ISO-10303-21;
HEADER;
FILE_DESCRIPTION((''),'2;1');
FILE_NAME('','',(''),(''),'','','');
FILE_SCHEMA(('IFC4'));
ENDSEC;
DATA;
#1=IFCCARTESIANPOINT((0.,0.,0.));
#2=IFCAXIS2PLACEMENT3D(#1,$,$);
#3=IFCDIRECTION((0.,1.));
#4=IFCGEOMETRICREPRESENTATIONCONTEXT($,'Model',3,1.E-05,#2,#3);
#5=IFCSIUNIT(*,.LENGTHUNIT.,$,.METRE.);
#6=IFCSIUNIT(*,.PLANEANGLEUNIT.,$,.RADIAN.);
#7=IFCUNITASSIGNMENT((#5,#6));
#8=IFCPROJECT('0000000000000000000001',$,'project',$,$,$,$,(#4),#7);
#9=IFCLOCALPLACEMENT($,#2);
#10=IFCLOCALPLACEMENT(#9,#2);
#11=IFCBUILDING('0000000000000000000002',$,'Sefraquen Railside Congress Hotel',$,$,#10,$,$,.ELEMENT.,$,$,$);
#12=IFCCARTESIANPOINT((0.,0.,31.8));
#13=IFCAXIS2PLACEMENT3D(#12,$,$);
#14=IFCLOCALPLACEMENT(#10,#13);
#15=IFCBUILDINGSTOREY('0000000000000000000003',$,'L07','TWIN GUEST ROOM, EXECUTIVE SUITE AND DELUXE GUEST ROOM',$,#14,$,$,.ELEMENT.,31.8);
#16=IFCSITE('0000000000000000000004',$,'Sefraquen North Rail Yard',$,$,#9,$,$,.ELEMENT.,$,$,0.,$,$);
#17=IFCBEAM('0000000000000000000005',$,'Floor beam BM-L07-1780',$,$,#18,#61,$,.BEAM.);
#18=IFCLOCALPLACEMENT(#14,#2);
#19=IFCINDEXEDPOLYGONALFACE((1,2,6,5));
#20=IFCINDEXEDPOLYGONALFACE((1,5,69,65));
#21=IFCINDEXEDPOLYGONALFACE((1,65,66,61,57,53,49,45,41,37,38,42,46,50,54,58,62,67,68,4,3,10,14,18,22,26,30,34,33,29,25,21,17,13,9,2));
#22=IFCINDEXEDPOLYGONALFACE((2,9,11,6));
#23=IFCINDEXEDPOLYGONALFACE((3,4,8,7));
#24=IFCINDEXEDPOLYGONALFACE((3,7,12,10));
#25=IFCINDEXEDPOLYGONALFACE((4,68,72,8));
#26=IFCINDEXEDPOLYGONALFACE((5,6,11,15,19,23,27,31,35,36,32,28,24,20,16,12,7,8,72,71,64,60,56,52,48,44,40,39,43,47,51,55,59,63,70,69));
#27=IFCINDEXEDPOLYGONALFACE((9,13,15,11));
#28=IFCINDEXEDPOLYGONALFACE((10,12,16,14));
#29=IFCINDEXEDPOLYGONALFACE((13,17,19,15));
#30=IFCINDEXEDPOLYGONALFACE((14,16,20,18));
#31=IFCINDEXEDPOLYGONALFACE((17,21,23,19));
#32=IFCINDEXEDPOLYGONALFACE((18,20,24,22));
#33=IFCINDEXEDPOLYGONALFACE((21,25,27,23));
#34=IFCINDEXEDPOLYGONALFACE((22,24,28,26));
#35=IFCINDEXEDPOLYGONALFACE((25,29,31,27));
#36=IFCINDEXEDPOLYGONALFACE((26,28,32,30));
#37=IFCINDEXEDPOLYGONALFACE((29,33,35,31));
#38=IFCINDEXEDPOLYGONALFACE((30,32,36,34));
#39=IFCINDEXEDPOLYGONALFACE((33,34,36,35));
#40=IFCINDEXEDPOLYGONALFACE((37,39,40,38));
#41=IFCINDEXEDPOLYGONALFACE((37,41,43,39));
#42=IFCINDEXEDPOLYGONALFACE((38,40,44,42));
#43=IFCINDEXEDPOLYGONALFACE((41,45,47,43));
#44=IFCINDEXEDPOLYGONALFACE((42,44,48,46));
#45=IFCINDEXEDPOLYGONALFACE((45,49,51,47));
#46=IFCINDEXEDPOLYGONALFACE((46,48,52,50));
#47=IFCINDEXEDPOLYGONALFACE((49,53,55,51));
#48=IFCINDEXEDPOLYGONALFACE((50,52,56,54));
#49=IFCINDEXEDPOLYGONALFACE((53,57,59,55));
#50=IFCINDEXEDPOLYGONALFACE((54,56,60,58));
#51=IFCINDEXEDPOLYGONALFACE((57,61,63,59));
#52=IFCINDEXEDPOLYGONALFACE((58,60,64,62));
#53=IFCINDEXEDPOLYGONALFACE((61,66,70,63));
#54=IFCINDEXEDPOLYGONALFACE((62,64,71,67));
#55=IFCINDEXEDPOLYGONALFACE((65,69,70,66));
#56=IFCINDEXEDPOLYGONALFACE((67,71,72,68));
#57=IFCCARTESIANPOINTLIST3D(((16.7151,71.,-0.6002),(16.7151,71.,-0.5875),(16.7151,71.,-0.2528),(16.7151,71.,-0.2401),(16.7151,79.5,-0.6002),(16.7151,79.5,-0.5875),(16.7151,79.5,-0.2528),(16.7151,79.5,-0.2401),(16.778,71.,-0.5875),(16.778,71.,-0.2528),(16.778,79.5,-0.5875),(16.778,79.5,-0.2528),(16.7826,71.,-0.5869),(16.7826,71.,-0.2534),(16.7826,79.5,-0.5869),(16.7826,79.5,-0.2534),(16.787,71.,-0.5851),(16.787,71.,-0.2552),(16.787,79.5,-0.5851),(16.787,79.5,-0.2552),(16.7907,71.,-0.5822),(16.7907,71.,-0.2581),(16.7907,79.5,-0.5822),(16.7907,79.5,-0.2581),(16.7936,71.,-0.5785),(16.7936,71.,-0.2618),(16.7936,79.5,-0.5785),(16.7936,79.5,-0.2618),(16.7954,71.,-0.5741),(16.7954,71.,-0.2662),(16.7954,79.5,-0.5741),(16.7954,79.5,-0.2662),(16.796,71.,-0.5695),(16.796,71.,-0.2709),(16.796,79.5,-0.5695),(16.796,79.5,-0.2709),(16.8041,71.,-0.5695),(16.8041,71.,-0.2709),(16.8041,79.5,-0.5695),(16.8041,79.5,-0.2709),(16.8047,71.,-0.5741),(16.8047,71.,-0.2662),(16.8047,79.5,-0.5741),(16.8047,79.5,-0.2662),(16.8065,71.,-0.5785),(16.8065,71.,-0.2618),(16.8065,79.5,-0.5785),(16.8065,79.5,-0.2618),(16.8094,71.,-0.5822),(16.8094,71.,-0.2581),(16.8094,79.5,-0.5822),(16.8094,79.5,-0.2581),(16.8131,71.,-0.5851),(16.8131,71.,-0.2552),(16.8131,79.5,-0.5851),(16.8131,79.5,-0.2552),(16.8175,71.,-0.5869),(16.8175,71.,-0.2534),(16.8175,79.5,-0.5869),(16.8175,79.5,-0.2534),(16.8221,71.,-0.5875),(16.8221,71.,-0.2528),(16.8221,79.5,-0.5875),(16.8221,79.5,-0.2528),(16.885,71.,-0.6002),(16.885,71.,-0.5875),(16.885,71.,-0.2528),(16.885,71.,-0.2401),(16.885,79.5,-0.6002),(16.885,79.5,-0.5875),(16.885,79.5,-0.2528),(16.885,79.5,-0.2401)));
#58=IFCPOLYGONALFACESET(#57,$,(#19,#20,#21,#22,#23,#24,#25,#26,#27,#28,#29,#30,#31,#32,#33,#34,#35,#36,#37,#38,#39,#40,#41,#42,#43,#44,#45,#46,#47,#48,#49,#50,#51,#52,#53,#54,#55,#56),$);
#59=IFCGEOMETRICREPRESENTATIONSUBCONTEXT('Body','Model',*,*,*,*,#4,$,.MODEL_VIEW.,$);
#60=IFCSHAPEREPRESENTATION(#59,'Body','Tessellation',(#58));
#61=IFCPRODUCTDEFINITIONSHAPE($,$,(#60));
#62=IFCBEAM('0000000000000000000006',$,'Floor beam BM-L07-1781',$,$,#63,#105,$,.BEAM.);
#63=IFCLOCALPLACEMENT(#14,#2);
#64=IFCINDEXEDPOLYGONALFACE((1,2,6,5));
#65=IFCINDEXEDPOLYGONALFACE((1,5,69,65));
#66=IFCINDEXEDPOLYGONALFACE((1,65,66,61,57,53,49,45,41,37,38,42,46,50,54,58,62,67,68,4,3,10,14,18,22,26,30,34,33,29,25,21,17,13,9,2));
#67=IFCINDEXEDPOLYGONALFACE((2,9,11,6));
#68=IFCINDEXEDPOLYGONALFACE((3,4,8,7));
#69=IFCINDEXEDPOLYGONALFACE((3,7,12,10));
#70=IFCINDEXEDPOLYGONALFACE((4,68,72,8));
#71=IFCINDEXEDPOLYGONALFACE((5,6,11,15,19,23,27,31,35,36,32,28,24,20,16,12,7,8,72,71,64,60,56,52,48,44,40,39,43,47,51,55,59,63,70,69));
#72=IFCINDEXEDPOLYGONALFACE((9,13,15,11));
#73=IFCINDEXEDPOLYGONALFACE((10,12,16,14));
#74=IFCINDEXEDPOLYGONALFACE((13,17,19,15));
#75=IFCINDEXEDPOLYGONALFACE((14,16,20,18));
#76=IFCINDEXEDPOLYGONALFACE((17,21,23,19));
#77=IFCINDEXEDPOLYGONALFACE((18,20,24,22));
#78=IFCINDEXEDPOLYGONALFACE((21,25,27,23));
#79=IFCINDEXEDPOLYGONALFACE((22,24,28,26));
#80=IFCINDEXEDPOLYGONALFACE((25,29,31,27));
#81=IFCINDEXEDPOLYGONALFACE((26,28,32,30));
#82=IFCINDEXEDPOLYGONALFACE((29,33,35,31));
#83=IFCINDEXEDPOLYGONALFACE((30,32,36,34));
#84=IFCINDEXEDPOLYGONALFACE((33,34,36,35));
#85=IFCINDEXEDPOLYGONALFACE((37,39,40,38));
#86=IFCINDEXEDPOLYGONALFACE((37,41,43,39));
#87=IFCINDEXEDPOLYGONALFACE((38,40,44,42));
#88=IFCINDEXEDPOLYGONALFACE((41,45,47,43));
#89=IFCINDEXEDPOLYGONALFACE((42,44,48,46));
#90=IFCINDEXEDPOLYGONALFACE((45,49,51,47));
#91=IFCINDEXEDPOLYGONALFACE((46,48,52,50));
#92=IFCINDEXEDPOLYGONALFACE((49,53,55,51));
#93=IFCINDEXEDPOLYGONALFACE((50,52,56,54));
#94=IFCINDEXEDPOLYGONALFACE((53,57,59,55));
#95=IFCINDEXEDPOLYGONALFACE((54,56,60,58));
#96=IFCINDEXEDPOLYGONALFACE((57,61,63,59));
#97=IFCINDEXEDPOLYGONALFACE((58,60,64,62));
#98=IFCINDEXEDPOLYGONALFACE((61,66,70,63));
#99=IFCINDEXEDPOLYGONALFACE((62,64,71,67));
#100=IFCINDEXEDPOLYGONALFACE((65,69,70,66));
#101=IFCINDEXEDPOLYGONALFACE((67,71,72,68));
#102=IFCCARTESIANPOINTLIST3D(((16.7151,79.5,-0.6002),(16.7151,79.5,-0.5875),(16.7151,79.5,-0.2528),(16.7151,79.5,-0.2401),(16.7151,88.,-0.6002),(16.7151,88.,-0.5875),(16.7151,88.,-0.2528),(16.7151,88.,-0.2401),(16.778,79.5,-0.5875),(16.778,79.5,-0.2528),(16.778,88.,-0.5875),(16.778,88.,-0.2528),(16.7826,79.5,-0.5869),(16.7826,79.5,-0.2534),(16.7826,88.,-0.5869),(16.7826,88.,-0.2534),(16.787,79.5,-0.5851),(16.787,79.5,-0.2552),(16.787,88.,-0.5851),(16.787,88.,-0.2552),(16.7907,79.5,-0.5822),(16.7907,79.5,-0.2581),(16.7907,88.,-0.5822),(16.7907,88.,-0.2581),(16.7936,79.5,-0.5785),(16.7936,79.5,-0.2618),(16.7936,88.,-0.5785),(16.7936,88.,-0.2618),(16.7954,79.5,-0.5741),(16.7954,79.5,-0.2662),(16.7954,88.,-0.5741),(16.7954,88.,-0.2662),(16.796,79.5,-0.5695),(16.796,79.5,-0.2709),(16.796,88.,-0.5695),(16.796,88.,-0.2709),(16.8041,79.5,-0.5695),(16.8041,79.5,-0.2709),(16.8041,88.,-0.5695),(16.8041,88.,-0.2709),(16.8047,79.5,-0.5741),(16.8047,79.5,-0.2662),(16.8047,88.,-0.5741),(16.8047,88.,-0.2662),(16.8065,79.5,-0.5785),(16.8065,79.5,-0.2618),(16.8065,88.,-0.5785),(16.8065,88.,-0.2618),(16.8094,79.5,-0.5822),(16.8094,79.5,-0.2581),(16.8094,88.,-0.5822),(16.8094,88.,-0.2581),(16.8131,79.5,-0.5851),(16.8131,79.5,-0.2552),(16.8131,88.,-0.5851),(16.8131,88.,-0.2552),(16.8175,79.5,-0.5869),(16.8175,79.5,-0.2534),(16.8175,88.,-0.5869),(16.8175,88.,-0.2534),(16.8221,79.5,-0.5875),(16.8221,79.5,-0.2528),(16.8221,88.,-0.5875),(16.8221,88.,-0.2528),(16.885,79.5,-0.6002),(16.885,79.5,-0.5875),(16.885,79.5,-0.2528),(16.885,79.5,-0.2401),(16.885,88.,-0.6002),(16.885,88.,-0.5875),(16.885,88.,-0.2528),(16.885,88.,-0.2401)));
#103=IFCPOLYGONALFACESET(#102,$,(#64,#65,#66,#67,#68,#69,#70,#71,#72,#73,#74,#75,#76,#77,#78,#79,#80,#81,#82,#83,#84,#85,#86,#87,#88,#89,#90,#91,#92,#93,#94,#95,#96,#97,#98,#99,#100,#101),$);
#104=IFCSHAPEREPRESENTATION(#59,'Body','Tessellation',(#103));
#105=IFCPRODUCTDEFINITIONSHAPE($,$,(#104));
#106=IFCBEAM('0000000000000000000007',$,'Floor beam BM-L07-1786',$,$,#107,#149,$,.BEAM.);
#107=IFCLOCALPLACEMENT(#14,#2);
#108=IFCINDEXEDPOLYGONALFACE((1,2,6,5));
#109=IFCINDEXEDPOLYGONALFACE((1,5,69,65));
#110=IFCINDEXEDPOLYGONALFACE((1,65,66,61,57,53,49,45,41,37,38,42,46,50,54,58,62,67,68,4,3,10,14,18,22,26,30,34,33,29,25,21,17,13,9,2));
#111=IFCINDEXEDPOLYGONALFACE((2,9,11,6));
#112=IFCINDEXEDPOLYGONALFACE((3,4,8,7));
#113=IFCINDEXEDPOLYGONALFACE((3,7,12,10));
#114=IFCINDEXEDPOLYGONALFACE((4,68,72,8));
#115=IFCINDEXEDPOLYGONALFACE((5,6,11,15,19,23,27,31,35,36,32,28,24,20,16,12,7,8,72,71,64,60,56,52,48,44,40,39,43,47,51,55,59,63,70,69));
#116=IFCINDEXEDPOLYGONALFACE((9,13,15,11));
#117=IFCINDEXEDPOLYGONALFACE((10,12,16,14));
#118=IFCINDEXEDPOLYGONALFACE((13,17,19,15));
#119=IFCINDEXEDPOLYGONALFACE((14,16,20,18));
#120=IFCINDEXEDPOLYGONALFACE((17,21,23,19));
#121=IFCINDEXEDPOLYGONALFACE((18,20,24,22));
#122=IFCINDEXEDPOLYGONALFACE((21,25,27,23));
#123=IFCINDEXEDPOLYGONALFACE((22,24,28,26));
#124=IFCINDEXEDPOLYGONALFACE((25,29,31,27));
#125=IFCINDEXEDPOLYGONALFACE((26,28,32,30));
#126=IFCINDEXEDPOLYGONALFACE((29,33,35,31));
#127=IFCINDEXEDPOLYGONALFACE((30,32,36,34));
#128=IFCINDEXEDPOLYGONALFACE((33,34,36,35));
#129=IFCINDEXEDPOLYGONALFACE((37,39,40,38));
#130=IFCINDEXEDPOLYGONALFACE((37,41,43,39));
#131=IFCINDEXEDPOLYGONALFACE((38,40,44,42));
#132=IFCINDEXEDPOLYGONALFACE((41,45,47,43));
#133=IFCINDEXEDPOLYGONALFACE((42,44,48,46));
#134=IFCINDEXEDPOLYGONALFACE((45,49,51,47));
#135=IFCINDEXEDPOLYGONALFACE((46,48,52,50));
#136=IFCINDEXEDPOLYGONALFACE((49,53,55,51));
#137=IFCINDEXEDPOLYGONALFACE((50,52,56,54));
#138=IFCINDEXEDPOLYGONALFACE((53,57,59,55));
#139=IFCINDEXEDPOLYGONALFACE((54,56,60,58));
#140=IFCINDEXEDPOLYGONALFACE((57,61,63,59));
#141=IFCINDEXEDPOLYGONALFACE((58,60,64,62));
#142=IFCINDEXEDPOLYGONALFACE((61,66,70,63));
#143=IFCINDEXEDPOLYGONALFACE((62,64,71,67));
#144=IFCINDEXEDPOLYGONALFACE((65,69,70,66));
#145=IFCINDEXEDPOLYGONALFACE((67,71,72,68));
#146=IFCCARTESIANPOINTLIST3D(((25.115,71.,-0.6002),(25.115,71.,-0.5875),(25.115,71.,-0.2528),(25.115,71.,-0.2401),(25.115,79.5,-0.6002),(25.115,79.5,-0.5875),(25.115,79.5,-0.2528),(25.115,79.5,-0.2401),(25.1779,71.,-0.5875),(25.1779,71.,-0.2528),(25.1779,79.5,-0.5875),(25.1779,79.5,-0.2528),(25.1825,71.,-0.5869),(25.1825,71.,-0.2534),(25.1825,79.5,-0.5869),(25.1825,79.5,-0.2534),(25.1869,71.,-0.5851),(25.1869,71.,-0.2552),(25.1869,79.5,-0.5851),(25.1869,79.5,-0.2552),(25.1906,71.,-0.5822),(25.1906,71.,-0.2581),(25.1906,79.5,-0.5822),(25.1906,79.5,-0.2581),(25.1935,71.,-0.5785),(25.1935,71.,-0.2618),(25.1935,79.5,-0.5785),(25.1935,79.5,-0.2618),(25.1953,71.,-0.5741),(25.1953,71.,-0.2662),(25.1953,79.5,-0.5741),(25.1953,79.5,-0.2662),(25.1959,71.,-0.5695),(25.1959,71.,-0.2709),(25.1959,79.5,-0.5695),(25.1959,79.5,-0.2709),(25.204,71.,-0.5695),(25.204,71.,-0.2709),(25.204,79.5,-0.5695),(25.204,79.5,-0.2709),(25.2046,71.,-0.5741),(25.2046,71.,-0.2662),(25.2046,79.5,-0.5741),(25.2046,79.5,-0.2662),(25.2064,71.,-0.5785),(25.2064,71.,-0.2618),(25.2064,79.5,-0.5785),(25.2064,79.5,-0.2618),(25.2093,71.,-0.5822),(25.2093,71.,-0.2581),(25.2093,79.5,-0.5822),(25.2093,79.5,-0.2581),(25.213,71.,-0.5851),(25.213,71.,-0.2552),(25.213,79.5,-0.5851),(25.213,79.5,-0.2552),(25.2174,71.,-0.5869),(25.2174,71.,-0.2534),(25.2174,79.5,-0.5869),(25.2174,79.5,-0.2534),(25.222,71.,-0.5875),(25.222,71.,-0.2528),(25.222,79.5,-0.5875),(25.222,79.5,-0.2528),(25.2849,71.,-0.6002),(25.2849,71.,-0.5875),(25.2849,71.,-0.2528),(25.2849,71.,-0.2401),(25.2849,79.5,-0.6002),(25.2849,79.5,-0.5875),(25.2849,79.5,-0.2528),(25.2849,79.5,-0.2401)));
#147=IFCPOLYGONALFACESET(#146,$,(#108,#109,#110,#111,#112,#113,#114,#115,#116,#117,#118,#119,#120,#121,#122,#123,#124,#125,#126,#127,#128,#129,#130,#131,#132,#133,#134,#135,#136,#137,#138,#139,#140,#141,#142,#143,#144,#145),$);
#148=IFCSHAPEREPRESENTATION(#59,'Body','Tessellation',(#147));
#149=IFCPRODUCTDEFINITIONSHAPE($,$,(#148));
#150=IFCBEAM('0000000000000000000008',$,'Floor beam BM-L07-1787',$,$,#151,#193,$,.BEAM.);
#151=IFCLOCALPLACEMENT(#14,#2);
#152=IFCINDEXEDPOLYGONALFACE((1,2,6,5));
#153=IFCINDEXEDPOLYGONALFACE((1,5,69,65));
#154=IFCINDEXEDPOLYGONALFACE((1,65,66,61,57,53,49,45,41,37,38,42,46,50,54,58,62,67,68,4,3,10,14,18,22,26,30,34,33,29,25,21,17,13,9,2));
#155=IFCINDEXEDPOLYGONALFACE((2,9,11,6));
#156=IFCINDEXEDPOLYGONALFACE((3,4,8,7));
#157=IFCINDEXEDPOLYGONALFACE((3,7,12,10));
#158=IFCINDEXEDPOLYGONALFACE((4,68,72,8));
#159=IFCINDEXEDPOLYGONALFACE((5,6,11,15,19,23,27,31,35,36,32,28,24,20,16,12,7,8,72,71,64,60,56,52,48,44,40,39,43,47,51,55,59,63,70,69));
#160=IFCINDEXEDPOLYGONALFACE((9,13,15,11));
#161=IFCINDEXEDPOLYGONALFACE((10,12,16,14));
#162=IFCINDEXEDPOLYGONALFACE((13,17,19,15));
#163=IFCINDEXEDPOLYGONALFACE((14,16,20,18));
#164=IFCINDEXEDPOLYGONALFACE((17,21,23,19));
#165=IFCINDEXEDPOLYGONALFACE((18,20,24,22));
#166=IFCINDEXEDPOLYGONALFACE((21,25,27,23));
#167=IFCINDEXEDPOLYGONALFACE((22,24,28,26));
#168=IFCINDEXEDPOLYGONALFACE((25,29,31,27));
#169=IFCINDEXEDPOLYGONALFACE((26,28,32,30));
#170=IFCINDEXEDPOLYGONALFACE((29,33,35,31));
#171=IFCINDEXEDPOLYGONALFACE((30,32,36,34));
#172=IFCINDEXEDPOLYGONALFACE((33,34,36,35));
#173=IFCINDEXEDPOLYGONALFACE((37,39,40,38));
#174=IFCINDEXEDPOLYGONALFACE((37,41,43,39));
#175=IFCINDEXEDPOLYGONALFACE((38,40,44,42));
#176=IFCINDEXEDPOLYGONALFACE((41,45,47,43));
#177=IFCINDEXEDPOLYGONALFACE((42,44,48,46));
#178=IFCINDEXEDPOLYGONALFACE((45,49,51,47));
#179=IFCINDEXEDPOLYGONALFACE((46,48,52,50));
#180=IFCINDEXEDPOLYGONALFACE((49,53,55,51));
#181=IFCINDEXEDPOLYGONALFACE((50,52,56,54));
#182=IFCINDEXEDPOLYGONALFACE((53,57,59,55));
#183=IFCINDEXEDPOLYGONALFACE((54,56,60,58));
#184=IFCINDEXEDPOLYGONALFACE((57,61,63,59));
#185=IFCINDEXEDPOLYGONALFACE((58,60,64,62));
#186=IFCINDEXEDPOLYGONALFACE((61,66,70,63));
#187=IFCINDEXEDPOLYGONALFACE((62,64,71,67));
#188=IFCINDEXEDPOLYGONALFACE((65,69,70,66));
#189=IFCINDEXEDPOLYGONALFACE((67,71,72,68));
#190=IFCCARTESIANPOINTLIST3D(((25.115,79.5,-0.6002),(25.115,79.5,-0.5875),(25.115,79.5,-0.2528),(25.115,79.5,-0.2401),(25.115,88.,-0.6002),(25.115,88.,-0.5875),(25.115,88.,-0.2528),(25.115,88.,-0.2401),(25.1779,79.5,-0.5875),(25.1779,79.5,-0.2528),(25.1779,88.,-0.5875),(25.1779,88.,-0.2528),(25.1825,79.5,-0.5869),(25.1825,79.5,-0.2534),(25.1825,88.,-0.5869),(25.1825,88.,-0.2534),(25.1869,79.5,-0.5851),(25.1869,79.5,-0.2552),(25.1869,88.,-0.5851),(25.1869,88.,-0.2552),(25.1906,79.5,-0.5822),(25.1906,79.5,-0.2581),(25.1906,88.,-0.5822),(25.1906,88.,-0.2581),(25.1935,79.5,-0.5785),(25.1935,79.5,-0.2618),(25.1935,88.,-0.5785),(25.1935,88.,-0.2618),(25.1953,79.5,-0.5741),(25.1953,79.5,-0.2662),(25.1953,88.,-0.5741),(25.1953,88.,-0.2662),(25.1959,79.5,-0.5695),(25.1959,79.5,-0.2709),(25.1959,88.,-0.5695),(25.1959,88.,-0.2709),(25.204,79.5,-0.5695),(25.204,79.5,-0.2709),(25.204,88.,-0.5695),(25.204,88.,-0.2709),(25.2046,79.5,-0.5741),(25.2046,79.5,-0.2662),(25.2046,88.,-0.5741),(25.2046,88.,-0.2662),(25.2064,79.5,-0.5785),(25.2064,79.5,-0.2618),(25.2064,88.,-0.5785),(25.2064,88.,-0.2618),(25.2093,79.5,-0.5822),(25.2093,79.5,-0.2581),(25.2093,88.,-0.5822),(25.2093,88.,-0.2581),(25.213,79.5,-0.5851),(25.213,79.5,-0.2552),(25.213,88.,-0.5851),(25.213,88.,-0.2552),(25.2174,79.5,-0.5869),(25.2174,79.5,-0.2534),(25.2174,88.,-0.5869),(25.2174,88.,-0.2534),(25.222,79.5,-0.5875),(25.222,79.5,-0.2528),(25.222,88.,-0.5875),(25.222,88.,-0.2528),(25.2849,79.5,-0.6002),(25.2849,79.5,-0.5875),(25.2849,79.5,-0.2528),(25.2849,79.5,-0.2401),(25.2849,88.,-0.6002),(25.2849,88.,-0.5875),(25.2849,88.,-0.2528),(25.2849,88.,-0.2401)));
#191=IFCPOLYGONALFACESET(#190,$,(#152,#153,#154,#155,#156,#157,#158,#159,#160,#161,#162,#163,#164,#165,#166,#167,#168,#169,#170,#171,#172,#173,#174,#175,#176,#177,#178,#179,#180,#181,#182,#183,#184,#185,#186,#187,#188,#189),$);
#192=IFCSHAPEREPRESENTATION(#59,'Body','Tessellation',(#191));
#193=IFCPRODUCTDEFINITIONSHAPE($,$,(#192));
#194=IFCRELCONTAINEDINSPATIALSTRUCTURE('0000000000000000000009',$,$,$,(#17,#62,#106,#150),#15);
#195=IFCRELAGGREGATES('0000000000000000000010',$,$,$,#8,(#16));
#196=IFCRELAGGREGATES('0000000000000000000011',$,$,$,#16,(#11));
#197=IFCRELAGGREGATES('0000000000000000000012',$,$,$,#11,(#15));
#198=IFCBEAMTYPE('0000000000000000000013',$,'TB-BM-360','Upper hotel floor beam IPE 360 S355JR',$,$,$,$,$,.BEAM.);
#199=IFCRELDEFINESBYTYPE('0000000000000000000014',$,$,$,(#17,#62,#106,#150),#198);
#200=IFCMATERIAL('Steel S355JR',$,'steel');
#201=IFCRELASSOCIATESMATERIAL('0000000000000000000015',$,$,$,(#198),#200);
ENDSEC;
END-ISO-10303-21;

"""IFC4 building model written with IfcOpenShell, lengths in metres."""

from ifc_helpers import new_model, si_unit, direction, frame, origin, origin_2d, place, context, subcontext, project, spatial, i_section, extrude, material, material_profile, profile_set, type_object, element, save


model = new_model("IFC4")

# Units and contexts
model_context = context("Model", 3, precision=1e-05, world=origin(), true_north=direction((0.0, 1.0)))
body_context = subcontext(model_context, "Body", "Model", "MODEL_VIEW")
ifc_project = project(units=[si_unit("LENGTHUNIT", "METRE"), si_unit("PLANEANGLEUNIT", "RADIAN")], contexts=[model_context])

# Site, building, storey
site_placement = place(None, origin())
site = spatial("IfcSite", under=ifc_project, at=site_placement, Name="Sefraquen North Rail Yard", CompositionType="ELEMENT", RefElevation=0.0)
building_placement = place(site_placement, origin())
building = spatial("IfcBuilding", under=site, at=building_placement, Name="Sefraquen Railside Congress Hotel", CompositionType="ELEMENT")
storey_placement = place(building_placement, frame((0.0, 0.0, 31.8)))
storey = spatial("IfcBuildingStorey", under=building, at=storey_placement, Name="L07", Description="TWIN GUEST ROOM, EXECUTIVE SUITE AND DELUXE GUEST ROOM", CompositionType="ELEMENT", Elevation=31.8)

# Shared definitions
ifc_material_1 = material(Name="Steel S355JR", Category="steel")

# Beams
ifc_material_profile_1 = material_profile(ifc_material_1, i_section(OverallWidth=0.1699, OverallDepth=0.3601, WebThickness=0.0081, FlangeThickness=0.0127, FilletRadius=0.0181, at=origin_2d()), Name="IPE 360")
ifc_profile_set_1 = profile_set([ifc_material_profile_1], Name="Steel S355JR")
beam_type_1 = type_object("IfcBeamType", Name="TB-BM-360", Description="Upper hotel floor beam IPE 360 S355JR", PredefinedType="BEAM", material=ifc_profile_set_1)
for number, where, z_axis, x_axis, name in (
    (1, (16.8, 71.0, -0.4202), (0.0, 1.0, 0.0), (-1.0, 0.0, 0.0), "Floor beam BM-L07-1780"),
    (2, (16.8, 79.5, -0.4202), (0.0, 1.0, 0.0), (-1.0, 0.0, 0.0), "Floor beam BM-L07-1781"),
    (3, (25.2, 71.0, -0.4202), (0.0, 1.0, 0.0), (-1.0, 0.0, 0.0), "Floor beam BM-L07-1786"),
    (4, (25.2, 79.5, -0.4202), (0.0, 1.0, 0.0), (-1.0, 0.0, 0.0), "Floor beam BM-L07-1787"),
):
    element("IfcBeam", number, at=place(storey_placement, frame(where, z_axis=z_axis, x_axis=x_axis)), inside=storey, type_object=beam_type_1, Name=name, PredefinedType="BEAM", context=body_context, shape_type="SweptSolid", body=[
        extrude(i_section(OverallWidth=0.1699, OverallDepth=0.3601, WebThickness=0.0081, FlangeThickness=0.0127, FilletRadius=0.0181, at=origin_2d()), origin(), (0.0, 0.0, 1.0), 8.5),
    ])

save(model, "model.ifc")
